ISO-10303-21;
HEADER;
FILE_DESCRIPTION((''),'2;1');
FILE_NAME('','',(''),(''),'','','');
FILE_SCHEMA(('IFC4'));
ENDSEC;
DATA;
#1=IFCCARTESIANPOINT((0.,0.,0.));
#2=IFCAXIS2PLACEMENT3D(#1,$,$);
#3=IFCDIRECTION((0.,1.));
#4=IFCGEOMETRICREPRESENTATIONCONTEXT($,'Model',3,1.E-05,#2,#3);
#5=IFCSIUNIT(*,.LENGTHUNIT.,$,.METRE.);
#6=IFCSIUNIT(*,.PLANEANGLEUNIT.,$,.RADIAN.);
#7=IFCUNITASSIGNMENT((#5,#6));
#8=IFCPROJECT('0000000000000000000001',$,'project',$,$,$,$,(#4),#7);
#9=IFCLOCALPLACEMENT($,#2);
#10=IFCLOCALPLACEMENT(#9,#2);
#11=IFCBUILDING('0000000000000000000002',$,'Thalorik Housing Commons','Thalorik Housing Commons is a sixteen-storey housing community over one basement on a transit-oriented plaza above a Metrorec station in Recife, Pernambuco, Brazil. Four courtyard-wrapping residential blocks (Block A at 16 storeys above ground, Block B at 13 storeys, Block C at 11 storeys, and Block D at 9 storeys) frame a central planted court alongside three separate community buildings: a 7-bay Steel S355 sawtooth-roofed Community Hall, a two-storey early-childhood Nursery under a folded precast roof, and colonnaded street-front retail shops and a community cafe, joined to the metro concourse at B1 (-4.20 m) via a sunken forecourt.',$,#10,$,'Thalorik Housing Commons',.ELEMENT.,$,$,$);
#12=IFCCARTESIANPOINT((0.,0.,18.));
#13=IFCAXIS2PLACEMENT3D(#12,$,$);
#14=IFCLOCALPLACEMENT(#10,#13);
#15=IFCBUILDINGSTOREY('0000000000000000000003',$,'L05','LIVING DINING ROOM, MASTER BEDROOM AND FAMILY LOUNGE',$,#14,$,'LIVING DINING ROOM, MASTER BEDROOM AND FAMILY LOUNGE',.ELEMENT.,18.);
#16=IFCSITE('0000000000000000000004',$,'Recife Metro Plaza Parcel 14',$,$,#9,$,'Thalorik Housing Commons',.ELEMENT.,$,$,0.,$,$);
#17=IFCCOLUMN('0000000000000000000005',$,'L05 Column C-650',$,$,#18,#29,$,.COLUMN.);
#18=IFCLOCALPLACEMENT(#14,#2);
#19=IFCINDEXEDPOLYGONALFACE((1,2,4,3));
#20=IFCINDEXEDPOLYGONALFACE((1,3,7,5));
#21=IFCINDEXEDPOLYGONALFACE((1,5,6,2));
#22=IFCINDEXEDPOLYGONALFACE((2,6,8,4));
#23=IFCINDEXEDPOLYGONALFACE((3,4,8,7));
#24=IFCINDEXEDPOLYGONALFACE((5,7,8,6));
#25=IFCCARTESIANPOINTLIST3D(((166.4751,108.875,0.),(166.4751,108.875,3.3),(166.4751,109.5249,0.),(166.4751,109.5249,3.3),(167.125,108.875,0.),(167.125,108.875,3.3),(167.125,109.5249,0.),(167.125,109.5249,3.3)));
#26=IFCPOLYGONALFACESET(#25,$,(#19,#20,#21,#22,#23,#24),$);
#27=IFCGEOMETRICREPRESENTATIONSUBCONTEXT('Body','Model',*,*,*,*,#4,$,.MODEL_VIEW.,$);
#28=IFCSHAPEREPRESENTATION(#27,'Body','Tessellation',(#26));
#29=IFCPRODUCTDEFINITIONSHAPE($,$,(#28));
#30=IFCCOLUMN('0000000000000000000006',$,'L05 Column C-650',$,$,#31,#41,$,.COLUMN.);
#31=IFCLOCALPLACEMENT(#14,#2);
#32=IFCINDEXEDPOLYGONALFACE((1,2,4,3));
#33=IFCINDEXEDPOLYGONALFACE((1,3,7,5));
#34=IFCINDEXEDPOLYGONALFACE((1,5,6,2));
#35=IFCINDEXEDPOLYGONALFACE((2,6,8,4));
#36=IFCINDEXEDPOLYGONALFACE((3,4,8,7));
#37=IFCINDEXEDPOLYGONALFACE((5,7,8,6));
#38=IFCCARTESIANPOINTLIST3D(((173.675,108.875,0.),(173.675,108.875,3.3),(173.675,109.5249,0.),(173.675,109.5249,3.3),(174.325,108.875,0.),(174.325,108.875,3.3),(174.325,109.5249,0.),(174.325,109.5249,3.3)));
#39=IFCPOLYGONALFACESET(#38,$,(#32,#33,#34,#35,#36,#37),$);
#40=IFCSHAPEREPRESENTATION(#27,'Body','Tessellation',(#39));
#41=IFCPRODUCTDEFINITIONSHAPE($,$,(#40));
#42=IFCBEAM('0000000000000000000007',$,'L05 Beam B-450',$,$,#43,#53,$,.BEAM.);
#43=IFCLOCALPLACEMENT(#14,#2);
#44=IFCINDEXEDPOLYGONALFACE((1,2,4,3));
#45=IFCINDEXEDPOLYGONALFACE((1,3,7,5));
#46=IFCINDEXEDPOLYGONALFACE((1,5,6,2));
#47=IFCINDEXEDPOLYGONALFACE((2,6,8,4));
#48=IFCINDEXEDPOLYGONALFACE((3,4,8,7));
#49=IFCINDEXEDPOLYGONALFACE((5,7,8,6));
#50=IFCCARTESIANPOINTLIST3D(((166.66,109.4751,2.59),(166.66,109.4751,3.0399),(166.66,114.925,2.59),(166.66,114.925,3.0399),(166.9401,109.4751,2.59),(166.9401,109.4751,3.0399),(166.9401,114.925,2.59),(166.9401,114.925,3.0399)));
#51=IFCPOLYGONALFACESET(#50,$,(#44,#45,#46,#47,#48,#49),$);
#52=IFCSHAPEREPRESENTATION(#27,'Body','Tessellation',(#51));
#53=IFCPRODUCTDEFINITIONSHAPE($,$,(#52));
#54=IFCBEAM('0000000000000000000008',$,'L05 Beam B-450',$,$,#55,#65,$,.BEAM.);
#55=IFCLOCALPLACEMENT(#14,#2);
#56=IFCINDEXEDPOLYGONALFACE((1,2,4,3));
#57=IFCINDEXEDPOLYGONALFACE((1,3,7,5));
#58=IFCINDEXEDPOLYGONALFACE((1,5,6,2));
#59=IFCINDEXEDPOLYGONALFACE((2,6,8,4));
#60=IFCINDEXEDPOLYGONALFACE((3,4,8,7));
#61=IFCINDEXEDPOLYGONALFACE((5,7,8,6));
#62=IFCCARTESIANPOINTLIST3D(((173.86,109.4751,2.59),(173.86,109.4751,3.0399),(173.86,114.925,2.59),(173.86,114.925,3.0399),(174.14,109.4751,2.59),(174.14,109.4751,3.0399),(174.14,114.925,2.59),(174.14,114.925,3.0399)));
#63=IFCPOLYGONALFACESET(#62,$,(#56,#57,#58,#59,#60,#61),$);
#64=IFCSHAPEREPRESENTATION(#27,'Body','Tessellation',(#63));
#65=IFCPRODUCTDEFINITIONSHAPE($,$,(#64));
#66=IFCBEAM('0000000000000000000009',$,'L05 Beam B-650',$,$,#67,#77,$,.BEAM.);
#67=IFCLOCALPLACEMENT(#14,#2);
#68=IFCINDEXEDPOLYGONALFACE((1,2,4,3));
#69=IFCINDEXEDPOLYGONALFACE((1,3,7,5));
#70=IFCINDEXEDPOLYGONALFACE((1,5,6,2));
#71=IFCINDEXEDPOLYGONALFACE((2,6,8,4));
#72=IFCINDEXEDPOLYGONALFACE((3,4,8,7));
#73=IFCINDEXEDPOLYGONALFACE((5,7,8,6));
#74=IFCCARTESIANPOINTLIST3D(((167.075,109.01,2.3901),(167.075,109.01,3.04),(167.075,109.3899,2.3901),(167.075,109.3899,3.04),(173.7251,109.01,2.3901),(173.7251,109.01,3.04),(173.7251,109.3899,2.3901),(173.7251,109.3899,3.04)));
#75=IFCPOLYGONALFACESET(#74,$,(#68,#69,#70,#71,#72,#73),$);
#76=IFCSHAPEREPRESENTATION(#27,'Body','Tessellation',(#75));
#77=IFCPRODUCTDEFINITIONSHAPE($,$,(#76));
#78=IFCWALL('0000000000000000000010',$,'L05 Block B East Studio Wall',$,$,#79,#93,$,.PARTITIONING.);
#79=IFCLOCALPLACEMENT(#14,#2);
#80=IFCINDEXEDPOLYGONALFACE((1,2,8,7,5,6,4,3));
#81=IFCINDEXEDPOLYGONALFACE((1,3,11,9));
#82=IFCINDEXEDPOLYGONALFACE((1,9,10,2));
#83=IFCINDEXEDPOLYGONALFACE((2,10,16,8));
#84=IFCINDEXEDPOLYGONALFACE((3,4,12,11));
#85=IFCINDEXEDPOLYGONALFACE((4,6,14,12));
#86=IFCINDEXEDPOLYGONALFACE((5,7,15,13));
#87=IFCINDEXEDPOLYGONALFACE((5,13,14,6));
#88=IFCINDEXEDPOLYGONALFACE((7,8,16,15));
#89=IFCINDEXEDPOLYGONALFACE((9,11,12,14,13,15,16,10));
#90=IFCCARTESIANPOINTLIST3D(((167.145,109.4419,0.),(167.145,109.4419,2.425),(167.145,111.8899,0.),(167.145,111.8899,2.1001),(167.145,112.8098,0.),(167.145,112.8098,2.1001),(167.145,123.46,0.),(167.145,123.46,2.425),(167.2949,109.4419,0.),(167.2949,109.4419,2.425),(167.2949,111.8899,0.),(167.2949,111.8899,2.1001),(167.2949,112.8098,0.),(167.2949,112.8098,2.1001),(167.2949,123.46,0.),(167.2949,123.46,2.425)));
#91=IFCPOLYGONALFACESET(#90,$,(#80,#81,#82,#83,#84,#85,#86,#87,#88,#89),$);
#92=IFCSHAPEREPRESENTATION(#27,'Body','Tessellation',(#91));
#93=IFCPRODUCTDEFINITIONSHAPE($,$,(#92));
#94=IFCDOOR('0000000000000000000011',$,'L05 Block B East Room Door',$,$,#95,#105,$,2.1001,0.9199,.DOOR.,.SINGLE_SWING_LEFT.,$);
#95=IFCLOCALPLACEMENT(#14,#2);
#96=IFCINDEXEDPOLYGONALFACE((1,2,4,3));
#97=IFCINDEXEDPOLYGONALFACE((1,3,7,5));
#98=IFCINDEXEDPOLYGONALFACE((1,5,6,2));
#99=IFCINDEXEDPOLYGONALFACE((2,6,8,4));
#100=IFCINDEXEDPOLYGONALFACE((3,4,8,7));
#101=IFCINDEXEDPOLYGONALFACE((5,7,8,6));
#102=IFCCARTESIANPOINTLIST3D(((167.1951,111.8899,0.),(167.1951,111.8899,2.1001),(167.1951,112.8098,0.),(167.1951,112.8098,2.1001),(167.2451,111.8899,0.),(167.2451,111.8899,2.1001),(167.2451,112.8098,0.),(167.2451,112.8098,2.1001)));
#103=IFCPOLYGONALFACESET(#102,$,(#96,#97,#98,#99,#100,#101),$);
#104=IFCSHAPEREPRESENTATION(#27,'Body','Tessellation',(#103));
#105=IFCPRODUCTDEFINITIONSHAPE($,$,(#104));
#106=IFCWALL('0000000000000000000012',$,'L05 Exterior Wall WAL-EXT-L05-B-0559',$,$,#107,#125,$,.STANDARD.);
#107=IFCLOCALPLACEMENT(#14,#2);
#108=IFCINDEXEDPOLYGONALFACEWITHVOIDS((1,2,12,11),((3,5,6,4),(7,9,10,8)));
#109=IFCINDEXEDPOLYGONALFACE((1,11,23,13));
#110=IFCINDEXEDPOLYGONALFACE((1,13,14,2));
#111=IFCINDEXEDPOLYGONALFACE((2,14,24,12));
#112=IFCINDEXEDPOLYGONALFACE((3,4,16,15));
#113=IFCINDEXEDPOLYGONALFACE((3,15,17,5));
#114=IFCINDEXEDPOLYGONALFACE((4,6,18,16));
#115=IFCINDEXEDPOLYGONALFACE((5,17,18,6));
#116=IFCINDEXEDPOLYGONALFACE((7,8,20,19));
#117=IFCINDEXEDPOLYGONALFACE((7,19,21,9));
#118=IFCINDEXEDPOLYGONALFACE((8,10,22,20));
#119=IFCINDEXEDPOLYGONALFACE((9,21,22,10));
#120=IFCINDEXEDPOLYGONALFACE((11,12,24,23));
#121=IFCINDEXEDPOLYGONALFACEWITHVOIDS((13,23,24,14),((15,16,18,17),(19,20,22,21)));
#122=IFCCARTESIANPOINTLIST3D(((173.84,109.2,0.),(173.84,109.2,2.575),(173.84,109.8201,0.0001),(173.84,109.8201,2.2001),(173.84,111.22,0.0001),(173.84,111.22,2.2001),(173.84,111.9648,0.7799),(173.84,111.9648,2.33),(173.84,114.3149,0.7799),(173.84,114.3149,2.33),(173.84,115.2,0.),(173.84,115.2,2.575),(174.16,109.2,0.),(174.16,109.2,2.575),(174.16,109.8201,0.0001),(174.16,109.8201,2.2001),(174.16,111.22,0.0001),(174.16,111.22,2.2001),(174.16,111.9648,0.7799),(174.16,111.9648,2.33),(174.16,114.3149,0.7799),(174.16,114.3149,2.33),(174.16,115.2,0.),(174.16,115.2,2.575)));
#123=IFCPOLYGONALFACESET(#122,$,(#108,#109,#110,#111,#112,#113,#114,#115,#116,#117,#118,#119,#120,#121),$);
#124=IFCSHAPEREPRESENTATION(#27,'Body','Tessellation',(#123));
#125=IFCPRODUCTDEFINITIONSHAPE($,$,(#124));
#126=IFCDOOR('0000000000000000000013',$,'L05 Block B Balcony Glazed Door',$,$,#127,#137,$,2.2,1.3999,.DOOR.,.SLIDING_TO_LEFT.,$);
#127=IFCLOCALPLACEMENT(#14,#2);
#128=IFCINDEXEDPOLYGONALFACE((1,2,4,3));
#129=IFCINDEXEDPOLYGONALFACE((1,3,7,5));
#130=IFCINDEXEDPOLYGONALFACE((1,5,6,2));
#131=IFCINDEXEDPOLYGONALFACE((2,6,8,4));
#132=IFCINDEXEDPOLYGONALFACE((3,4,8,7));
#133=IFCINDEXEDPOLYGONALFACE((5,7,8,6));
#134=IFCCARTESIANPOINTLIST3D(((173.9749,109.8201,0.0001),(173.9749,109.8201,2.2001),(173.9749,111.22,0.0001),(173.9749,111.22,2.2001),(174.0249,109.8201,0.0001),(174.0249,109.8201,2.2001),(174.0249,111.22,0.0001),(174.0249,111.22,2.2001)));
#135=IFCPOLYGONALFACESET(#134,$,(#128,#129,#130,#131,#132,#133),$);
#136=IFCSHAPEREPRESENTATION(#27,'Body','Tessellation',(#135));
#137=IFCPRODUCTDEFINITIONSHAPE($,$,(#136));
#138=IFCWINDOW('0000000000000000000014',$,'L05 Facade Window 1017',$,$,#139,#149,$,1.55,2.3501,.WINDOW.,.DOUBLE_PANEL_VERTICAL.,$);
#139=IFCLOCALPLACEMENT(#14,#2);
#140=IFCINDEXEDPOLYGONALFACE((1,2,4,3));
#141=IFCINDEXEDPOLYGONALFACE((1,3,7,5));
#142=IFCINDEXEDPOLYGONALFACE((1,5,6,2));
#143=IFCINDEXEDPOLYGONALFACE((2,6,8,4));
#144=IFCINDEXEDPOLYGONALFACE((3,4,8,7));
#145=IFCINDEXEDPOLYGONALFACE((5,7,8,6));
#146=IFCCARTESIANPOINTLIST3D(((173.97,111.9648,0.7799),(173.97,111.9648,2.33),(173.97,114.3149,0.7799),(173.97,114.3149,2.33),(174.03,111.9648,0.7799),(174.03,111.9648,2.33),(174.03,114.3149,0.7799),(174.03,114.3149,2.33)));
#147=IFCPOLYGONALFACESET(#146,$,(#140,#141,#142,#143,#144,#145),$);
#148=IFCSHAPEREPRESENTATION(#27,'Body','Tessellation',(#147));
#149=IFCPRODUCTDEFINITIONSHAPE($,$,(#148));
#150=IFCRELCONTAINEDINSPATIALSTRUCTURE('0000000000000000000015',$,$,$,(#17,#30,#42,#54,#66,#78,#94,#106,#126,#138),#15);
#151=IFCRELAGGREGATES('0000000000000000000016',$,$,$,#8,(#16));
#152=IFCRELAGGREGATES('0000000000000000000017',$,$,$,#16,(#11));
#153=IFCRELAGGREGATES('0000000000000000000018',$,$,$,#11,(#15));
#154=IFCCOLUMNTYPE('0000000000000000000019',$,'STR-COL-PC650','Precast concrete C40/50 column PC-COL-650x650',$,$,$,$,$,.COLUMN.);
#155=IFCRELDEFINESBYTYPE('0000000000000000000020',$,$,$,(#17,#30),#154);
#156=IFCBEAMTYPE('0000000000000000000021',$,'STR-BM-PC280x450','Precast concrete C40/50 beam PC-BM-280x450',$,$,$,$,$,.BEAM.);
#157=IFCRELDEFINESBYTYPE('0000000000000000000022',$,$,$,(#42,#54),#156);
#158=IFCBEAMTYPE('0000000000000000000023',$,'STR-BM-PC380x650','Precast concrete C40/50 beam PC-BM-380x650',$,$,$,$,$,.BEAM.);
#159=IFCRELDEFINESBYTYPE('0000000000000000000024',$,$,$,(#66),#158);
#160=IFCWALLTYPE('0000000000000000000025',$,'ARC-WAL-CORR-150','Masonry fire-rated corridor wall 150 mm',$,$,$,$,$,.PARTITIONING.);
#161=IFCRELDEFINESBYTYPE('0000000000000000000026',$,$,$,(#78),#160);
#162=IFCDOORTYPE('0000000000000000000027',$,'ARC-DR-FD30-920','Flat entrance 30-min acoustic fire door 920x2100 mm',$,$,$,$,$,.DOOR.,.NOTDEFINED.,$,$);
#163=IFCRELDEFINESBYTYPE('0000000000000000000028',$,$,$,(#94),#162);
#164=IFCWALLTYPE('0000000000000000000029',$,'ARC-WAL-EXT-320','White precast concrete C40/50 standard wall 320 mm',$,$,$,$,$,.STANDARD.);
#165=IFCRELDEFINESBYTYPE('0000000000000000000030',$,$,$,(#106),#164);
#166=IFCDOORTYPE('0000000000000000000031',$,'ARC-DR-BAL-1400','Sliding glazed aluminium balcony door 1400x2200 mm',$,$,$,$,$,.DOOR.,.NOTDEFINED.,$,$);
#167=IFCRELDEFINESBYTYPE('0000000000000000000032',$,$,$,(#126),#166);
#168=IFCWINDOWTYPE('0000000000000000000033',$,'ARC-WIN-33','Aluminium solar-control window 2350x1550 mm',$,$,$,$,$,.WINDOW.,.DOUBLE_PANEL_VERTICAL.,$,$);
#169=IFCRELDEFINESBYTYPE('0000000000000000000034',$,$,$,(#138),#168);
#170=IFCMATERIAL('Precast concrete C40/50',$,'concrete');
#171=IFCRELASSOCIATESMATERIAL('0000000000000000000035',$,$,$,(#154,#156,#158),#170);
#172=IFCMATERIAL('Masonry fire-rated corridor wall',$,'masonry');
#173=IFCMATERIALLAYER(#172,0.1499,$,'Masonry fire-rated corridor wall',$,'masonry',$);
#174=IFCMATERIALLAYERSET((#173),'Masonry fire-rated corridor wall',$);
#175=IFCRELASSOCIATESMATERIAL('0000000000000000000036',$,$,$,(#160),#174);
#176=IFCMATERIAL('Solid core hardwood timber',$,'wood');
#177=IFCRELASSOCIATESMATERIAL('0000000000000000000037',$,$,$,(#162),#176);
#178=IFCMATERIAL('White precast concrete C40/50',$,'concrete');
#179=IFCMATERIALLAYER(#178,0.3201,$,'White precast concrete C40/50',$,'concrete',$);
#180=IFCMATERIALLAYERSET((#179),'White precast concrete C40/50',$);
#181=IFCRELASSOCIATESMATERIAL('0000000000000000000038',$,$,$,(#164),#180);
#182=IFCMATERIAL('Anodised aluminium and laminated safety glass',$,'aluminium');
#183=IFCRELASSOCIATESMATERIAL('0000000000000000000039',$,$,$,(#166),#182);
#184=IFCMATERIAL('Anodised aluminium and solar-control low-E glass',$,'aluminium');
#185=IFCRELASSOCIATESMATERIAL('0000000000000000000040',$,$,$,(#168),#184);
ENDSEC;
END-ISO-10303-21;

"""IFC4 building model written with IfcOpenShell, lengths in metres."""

from ifc_helpers import new_model, si_unit, direction, frame, frame_2d, origin, origin_2d, place, context, subcontext, project, spatial, rectangle, extrude, material, layer, layer_set, material_profile, profile_set, type_object, element, fill, save


model = new_model("IFC4")

# Units and contexts
model_context = context("Model", 3, precision=1e-05, world=origin(), true_north=direction((0.0, 1.0)))
body_context = subcontext(model_context, "Body", "Model", "MODEL_VIEW")
ifc_project = project(units=[si_unit("LENGTHUNIT", "METRE"), si_unit("PLANEANGLEUNIT", "RADIAN")], contexts=[model_context])

# Site, building, storey
site_placement = place(None, origin())
site = spatial("IfcSite", under=ifc_project, at=site_placement, Name="Recife Metro Plaza Parcel 14", LongName="Thalorik Housing Commons", CompositionType="ELEMENT", RefElevation=0.0)
building_placement = place(site_placement, origin())
building = spatial("IfcBuilding", under=site, at=building_placement, Name="Thalorik Housing Commons", Description="Thalorik Housing Commons is a sixteen-storey housing community over one basement on a transit-oriented plaza above a Metrorec station in Recife, Pernambuco, Brazil. Four courtyard-wrapping residential blocks (Block A at 16 storeys above ground, Block B at 13 storeys, Block C at 11 storeys, and Block D at 9 storeys) frame a central planted court alongside three separate community buildings: a 7-bay Steel S355 sawtooth-roofed Community Hall, a two-storey early-childhood Nursery under a folded precast roof, and colonnaded street-front retail shops and a community cafe, joined to the metro concourse at B1 (-4.20 m) via a sunken forecourt.", LongName="Thalorik Housing Commons", CompositionType="ELEMENT")
storey_placement = place(building_placement, frame((0.0, 0.0, 18.0)))
storey = spatial("IfcBuildingStorey", under=building, at=storey_placement, Name="L05", Description="LIVING DINING ROOM, MASTER BEDROOM AND FAMILY LOUNGE", LongName="LIVING DINING ROOM, MASTER BEDROOM AND FAMILY LOUNGE", CompositionType="ELEMENT", Elevation=18.0)

# Columns
ifc_material_1 = material(Name="Precast concrete C40/50", Category="concrete")
ifc_material_profile_1 = material_profile(ifc_material_1, rectangle(XDim=0.6499, YDim=0.6499, at=origin_2d()), Name="PC 650x650", Category="concrete")
ifc_profile_set_1 = profile_set([ifc_material_profile_1], Name="Precast concrete C40/50")
column_type = type_object("IfcColumnType", Name="STR-COL-PC650", Description="Precast concrete C40/50 column PC-COL-650x650", PredefinedType="COLUMN", material=ifc_profile_set_1)
for number, where, z_axis, x_axis, name in (
    (1, (166.8, 109.2, 0.0), (0.0, 0.0, 1.0), (1.0, 0.0, 0.0), "L05 Column C-650"),
    (2, (174.0, 109.2, 0.0), (0.0, 0.0, 1.0), (1.0, 0.0, 0.0), "L05 Column C-650"),
):
    element("IfcColumn", number, at=place(storey_placement, frame(where, z_axis=z_axis, x_axis=x_axis)), inside=storey, type_object=column_type, Name=name, PredefinedType="COLUMN", context=body_context, shape_type="SweptSolid", body=[
        extrude(rectangle(XDim=0.6499, YDim=0.6499, at=origin_2d()), origin(), (0.0, 0.0, 1.0), 3.3),
    ])

# Beams
ifc_material_profile_2 = material_profile(ifc_material_1, rectangle(XDim=0.28, YDim=0.45, at=origin_2d()), Name="PC 280x450", Category="concrete")
ifc_profile_set_2 = profile_set([ifc_material_profile_2], Name="Precast concrete C40/50")
beam_type_1 = type_object("IfcBeamType", Name="STR-BM-PC280x450", Description="Precast concrete C40/50 beam PC-BM-280x450", PredefinedType="BEAM", material=ifc_profile_set_2)
for number, where, z_axis, x_axis, name in (
    (3, (166.8, 109.4751, 2.8149), (0.0, 1.0, 0.0), (-1.0, 0.0, 0.0), "L05 Beam B-450"),
    (4, (174.0, 109.4751, 2.8149), (0.0, 1.0, 0.0), (-1.0, 0.0, 0.0), "L05 Beam B-450"),
):
    element("IfcBeam", number, at=place(storey_placement, frame(where, z_axis=z_axis, x_axis=x_axis)), inside=storey, type_object=beam_type_1, Name=name, PredefinedType="BEAM", context=body_context, shape_type="SweptSolid", body=[
        extrude(rectangle(XDim=0.28, YDim=0.45, at=origin_2d()), origin(), (0.0, 0.0, 1.0), 5.45),
    ])
ifc_material_profile_3 = material_profile(ifc_material_1, rectangle(XDim=0.3799, YDim=0.6499, at=origin_2d()), Name="PC 380x650", Category="concrete")
ifc_profile_set_3 = profile_set([ifc_material_profile_3], Name="Precast concrete C40/50")
beam_type_2 = type_object("IfcBeamType", Name="STR-BM-PC380x650", Description="Precast concrete C40/50 beam PC-BM-380x650", PredefinedType="BEAM", material=ifc_profile_set_3)
beam_placement = place(storey_placement, frame((167.075, 109.2, 2.7151), z_axis=(1.0, 0.0, 0.0), x_axis=(0.0, 1.0, 0.0)))
element("IfcBeam", 5, at=beam_placement, inside=storey, type_object=beam_type_2, Name="L05 Beam B-650", PredefinedType="BEAM", context=body_context, shape_type="SweptSolid", body=[
    extrude(rectangle(XDim=0.3799, YDim=0.6499, at=origin_2d()), origin(), (0.0, 0.0, 1.0), 6.6501),
])

# Wall, opening, door
ifc_material_2 = material(Name="Masonry fire-rated corridor wall", Category="masonry")
ifc_layer_1 = layer(ifc_material_2, 0.1499, Name="Masonry fire-rated corridor wall", Category="masonry")
ifc_layer_set_1 = layer_set([ifc_layer_1], Name="Masonry fire-rated corridor wall")
wall_type_1 = type_object("IfcWallType", Name="ARC-WAL-CORR-150", Description="Masonry fire-rated corridor wall 150 mm", PredefinedType="PARTITIONING", material=ifc_layer_set_1)
wall_1_placement = place(storey_placement, frame((167.22, 109.4419, 0.0), z_axis=(0.0, 0.0, 1.0), x_axis=(0.0, 1.0, 0.0)))
wall_1 = element("IfcWall", 6, at=wall_1_placement, inside=storey, type_object=wall_type_1, Name="L05 Block B East Studio Wall", PredefinedType="PARTITIONING", context=body_context, shape_type="SweptSolid", body=[
    extrude(rectangle(XDim=14.0181, YDim=0.1499, at=frame_2d((7.009, 0.0))), origin(), (0.0, 0.0, 1.0), 2.425),
])
opening_1_placement = place(wall_1_placement, frame((2.448, 0.0, 0.0)))
opening_1 = element("IfcOpeningElement", 7, at=opening_1_placement, cuts=wall_1, PredefinedType="OPENING", context=body_context, shape_type="SweptSolid", body=[
    extrude(rectangle(XDim=0.9199, YDim=2.1001, at=frame_2d((0.46, 1.05))), frame((0.0, 0.085, 0.0), z_axis=(0.0, -1.0, 0.0), x_axis=(1.0, 0.0, 0.0)), (0.0, 0.0, 1.0), 0.1699),
])
ifc_material_3 = material(Name="Solid core hardwood timber", Category="wood")
door_type_1 = type_object("IfcDoorType", Name="ARC-DR-FD30-920", Description="Flat entrance 30-min acoustic fire door 920x2100 mm", OperationType="NOTDEFINED", PredefinedType="DOOR", material=ifc_material_3)
door_1_placement = place(opening_1_placement, origin())
door_1 = element("IfcDoor", 8, at=door_1_placement, inside=storey, type_object=door_type_1, Name="L05 Block B East Room Door", OperationType="SINGLE_SWING_LEFT", OverallHeight=2.1001, OverallWidth=0.9199, PredefinedType="DOOR", context=body_context, shape_type="SweptSolid", body=[
    extrude(rectangle(XDim=0.9199, YDim=2.1001, at=frame_2d((0.46, 1.05))), frame((0.0, 0.0249, 0.0), z_axis=(0.0, -1.0, 0.0), x_axis=(1.0, 0.0, 0.0)), (0.0, 0.0, 1.0), 0.05),
])
fill(opening_1, door_1)

# Wall, openings, door, window
ifc_material_4 = material(Name="White precast concrete C40/50", Category="concrete")
ifc_layer_2 = layer(ifc_material_4, 0.3201, Name="White precast concrete C40/50", Category="concrete")
ifc_layer_set_2 = layer_set([ifc_layer_2], Name="White precast concrete C40/50")
wall_type_2 = type_object("IfcWallType", Name="ARC-WAL-EXT-320", Description="White precast concrete C40/50 standard wall 320 mm", PredefinedType="STANDARD", material=ifc_layer_set_2)
wall_2_placement = place(storey_placement, frame((174.0, 109.2, 0.0), z_axis=(0.0, 0.0, 1.0), x_axis=(0.0, 1.0, 0.0)))
wall_2 = element("IfcWall", 9, at=wall_2_placement, inside=storey, type_object=wall_type_2, Name="L05 Exterior Wall WAL-EXT-L05-B-0559", PredefinedType="STANDARD", context=body_context, shape_type="SweptSolid", body=[
    extrude(rectangle(XDim=6.0, YDim=0.3201, at=frame_2d((3.0, 0.0))), origin(), (0.0, 0.0, 1.0), 2.575),
])
opening_2_placement = place(wall_2_placement, frame((0.6201, 0.0, 0.0)))
opening_2 = element("IfcOpeningElement", 10, at=opening_2_placement, cuts=wall_2, PredefinedType="OPENING", context=body_context, shape_type="SweptSolid", body=[
    extrude(rectangle(XDim=1.3999, YDim=2.2, at=frame_2d((0.7, 1.1001))), frame((0.0, 0.1699, 0.0), z_axis=(0.0, -1.0, 0.0), x_axis=(1.0, 0.0, 0.0)), (0.0, 0.0, 1.0), 0.3401),
])
opening_3_placement = place(wall_2_placement, frame((2.7649, 0.0, 0.78)))
opening_3 = element("IfcOpeningElement", 11, at=opening_3_placement, cuts=wall_2, PredefinedType="OPENING", context=body_context, shape_type="SweptSolid", body=[
    extrude(rectangle(XDim=2.3501, YDim=1.55, at=frame_2d((1.175, 0.7749))), frame((0.0, 0.1699, 0.0), z_axis=(0.0, -1.0, 0.0), x_axis=(1.0, 0.0, 0.0)), (0.0, 0.0, 1.0), 0.3401),
])
ifc_material_5 = material(Name="Anodised aluminium and laminated safety glass", Category="aluminium")
door_type_2 = type_object("IfcDoorType", Name="ARC-DR-BAL-1400", Description="Sliding glazed aluminium balcony door 1400x2200 mm", OperationType="NOTDEFINED", PredefinedType="DOOR", material=ifc_material_5)
door_2_placement = place(opening_2_placement, frame((1.3999, 0.0, 0.0), z_axis=(0.0, 0.0, 1.0), x_axis=(-1.0, 0.0, 0.0)))
door_2 = element("IfcDoor", 12, at=door_2_placement, inside=storey, type_object=door_type_2, Name="L05 Block B Balcony Glazed Door", OperationType="SLIDING_TO_LEFT", OverallHeight=2.2, OverallWidth=1.3999, PredefinedType="DOOR", context=body_context, shape_type="SweptSolid", body=[
    extrude(rectangle(XDim=1.3999, YDim=2.2, at=frame_2d((0.7, 1.1001))), frame((0.0, 0.0249, 0.0), z_axis=(0.0, -1.0, 0.0), x_axis=(1.0, 0.0, 0.0)), (0.0, 0.0, 1.0), 0.05),
])
fill(opening_2, door_2)
ifc_material_6 = material(Name="Anodised aluminium and solar-control low-E glass", Category="aluminium")
window_type = type_object("IfcWindowType", Name="ARC-WIN-33", Description="Aluminium solar-control window 2350x1550 mm", PartitioningType="DOUBLE_PANEL_VERTICAL", PredefinedType="WINDOW", material=ifc_material_6)
window_placement = place(opening_3_placement, origin())
window = element("IfcWindow", 13, at=window_placement, inside=storey, type_object=window_type, Name="L05 Facade Window 1017", OverallHeight=1.55, OverallWidth=2.3501, PartitioningType="DOUBLE_PANEL_VERTICAL", PredefinedType="WINDOW", context=body_context, shape_type="SweptSolid", body=[
    extrude(rectangle(XDim=2.3501, YDim=1.55, at=frame_2d((1.175, 0.7749))), frame((0.0, 0.03, 0.0), z_axis=(0.0, -1.0, 0.0), x_axis=(1.0, 0.0, 0.0)), (0.0, 0.0, 1.0), 0.0601),
])
fill(opening_3, window)

save(model, "model.ifc")
